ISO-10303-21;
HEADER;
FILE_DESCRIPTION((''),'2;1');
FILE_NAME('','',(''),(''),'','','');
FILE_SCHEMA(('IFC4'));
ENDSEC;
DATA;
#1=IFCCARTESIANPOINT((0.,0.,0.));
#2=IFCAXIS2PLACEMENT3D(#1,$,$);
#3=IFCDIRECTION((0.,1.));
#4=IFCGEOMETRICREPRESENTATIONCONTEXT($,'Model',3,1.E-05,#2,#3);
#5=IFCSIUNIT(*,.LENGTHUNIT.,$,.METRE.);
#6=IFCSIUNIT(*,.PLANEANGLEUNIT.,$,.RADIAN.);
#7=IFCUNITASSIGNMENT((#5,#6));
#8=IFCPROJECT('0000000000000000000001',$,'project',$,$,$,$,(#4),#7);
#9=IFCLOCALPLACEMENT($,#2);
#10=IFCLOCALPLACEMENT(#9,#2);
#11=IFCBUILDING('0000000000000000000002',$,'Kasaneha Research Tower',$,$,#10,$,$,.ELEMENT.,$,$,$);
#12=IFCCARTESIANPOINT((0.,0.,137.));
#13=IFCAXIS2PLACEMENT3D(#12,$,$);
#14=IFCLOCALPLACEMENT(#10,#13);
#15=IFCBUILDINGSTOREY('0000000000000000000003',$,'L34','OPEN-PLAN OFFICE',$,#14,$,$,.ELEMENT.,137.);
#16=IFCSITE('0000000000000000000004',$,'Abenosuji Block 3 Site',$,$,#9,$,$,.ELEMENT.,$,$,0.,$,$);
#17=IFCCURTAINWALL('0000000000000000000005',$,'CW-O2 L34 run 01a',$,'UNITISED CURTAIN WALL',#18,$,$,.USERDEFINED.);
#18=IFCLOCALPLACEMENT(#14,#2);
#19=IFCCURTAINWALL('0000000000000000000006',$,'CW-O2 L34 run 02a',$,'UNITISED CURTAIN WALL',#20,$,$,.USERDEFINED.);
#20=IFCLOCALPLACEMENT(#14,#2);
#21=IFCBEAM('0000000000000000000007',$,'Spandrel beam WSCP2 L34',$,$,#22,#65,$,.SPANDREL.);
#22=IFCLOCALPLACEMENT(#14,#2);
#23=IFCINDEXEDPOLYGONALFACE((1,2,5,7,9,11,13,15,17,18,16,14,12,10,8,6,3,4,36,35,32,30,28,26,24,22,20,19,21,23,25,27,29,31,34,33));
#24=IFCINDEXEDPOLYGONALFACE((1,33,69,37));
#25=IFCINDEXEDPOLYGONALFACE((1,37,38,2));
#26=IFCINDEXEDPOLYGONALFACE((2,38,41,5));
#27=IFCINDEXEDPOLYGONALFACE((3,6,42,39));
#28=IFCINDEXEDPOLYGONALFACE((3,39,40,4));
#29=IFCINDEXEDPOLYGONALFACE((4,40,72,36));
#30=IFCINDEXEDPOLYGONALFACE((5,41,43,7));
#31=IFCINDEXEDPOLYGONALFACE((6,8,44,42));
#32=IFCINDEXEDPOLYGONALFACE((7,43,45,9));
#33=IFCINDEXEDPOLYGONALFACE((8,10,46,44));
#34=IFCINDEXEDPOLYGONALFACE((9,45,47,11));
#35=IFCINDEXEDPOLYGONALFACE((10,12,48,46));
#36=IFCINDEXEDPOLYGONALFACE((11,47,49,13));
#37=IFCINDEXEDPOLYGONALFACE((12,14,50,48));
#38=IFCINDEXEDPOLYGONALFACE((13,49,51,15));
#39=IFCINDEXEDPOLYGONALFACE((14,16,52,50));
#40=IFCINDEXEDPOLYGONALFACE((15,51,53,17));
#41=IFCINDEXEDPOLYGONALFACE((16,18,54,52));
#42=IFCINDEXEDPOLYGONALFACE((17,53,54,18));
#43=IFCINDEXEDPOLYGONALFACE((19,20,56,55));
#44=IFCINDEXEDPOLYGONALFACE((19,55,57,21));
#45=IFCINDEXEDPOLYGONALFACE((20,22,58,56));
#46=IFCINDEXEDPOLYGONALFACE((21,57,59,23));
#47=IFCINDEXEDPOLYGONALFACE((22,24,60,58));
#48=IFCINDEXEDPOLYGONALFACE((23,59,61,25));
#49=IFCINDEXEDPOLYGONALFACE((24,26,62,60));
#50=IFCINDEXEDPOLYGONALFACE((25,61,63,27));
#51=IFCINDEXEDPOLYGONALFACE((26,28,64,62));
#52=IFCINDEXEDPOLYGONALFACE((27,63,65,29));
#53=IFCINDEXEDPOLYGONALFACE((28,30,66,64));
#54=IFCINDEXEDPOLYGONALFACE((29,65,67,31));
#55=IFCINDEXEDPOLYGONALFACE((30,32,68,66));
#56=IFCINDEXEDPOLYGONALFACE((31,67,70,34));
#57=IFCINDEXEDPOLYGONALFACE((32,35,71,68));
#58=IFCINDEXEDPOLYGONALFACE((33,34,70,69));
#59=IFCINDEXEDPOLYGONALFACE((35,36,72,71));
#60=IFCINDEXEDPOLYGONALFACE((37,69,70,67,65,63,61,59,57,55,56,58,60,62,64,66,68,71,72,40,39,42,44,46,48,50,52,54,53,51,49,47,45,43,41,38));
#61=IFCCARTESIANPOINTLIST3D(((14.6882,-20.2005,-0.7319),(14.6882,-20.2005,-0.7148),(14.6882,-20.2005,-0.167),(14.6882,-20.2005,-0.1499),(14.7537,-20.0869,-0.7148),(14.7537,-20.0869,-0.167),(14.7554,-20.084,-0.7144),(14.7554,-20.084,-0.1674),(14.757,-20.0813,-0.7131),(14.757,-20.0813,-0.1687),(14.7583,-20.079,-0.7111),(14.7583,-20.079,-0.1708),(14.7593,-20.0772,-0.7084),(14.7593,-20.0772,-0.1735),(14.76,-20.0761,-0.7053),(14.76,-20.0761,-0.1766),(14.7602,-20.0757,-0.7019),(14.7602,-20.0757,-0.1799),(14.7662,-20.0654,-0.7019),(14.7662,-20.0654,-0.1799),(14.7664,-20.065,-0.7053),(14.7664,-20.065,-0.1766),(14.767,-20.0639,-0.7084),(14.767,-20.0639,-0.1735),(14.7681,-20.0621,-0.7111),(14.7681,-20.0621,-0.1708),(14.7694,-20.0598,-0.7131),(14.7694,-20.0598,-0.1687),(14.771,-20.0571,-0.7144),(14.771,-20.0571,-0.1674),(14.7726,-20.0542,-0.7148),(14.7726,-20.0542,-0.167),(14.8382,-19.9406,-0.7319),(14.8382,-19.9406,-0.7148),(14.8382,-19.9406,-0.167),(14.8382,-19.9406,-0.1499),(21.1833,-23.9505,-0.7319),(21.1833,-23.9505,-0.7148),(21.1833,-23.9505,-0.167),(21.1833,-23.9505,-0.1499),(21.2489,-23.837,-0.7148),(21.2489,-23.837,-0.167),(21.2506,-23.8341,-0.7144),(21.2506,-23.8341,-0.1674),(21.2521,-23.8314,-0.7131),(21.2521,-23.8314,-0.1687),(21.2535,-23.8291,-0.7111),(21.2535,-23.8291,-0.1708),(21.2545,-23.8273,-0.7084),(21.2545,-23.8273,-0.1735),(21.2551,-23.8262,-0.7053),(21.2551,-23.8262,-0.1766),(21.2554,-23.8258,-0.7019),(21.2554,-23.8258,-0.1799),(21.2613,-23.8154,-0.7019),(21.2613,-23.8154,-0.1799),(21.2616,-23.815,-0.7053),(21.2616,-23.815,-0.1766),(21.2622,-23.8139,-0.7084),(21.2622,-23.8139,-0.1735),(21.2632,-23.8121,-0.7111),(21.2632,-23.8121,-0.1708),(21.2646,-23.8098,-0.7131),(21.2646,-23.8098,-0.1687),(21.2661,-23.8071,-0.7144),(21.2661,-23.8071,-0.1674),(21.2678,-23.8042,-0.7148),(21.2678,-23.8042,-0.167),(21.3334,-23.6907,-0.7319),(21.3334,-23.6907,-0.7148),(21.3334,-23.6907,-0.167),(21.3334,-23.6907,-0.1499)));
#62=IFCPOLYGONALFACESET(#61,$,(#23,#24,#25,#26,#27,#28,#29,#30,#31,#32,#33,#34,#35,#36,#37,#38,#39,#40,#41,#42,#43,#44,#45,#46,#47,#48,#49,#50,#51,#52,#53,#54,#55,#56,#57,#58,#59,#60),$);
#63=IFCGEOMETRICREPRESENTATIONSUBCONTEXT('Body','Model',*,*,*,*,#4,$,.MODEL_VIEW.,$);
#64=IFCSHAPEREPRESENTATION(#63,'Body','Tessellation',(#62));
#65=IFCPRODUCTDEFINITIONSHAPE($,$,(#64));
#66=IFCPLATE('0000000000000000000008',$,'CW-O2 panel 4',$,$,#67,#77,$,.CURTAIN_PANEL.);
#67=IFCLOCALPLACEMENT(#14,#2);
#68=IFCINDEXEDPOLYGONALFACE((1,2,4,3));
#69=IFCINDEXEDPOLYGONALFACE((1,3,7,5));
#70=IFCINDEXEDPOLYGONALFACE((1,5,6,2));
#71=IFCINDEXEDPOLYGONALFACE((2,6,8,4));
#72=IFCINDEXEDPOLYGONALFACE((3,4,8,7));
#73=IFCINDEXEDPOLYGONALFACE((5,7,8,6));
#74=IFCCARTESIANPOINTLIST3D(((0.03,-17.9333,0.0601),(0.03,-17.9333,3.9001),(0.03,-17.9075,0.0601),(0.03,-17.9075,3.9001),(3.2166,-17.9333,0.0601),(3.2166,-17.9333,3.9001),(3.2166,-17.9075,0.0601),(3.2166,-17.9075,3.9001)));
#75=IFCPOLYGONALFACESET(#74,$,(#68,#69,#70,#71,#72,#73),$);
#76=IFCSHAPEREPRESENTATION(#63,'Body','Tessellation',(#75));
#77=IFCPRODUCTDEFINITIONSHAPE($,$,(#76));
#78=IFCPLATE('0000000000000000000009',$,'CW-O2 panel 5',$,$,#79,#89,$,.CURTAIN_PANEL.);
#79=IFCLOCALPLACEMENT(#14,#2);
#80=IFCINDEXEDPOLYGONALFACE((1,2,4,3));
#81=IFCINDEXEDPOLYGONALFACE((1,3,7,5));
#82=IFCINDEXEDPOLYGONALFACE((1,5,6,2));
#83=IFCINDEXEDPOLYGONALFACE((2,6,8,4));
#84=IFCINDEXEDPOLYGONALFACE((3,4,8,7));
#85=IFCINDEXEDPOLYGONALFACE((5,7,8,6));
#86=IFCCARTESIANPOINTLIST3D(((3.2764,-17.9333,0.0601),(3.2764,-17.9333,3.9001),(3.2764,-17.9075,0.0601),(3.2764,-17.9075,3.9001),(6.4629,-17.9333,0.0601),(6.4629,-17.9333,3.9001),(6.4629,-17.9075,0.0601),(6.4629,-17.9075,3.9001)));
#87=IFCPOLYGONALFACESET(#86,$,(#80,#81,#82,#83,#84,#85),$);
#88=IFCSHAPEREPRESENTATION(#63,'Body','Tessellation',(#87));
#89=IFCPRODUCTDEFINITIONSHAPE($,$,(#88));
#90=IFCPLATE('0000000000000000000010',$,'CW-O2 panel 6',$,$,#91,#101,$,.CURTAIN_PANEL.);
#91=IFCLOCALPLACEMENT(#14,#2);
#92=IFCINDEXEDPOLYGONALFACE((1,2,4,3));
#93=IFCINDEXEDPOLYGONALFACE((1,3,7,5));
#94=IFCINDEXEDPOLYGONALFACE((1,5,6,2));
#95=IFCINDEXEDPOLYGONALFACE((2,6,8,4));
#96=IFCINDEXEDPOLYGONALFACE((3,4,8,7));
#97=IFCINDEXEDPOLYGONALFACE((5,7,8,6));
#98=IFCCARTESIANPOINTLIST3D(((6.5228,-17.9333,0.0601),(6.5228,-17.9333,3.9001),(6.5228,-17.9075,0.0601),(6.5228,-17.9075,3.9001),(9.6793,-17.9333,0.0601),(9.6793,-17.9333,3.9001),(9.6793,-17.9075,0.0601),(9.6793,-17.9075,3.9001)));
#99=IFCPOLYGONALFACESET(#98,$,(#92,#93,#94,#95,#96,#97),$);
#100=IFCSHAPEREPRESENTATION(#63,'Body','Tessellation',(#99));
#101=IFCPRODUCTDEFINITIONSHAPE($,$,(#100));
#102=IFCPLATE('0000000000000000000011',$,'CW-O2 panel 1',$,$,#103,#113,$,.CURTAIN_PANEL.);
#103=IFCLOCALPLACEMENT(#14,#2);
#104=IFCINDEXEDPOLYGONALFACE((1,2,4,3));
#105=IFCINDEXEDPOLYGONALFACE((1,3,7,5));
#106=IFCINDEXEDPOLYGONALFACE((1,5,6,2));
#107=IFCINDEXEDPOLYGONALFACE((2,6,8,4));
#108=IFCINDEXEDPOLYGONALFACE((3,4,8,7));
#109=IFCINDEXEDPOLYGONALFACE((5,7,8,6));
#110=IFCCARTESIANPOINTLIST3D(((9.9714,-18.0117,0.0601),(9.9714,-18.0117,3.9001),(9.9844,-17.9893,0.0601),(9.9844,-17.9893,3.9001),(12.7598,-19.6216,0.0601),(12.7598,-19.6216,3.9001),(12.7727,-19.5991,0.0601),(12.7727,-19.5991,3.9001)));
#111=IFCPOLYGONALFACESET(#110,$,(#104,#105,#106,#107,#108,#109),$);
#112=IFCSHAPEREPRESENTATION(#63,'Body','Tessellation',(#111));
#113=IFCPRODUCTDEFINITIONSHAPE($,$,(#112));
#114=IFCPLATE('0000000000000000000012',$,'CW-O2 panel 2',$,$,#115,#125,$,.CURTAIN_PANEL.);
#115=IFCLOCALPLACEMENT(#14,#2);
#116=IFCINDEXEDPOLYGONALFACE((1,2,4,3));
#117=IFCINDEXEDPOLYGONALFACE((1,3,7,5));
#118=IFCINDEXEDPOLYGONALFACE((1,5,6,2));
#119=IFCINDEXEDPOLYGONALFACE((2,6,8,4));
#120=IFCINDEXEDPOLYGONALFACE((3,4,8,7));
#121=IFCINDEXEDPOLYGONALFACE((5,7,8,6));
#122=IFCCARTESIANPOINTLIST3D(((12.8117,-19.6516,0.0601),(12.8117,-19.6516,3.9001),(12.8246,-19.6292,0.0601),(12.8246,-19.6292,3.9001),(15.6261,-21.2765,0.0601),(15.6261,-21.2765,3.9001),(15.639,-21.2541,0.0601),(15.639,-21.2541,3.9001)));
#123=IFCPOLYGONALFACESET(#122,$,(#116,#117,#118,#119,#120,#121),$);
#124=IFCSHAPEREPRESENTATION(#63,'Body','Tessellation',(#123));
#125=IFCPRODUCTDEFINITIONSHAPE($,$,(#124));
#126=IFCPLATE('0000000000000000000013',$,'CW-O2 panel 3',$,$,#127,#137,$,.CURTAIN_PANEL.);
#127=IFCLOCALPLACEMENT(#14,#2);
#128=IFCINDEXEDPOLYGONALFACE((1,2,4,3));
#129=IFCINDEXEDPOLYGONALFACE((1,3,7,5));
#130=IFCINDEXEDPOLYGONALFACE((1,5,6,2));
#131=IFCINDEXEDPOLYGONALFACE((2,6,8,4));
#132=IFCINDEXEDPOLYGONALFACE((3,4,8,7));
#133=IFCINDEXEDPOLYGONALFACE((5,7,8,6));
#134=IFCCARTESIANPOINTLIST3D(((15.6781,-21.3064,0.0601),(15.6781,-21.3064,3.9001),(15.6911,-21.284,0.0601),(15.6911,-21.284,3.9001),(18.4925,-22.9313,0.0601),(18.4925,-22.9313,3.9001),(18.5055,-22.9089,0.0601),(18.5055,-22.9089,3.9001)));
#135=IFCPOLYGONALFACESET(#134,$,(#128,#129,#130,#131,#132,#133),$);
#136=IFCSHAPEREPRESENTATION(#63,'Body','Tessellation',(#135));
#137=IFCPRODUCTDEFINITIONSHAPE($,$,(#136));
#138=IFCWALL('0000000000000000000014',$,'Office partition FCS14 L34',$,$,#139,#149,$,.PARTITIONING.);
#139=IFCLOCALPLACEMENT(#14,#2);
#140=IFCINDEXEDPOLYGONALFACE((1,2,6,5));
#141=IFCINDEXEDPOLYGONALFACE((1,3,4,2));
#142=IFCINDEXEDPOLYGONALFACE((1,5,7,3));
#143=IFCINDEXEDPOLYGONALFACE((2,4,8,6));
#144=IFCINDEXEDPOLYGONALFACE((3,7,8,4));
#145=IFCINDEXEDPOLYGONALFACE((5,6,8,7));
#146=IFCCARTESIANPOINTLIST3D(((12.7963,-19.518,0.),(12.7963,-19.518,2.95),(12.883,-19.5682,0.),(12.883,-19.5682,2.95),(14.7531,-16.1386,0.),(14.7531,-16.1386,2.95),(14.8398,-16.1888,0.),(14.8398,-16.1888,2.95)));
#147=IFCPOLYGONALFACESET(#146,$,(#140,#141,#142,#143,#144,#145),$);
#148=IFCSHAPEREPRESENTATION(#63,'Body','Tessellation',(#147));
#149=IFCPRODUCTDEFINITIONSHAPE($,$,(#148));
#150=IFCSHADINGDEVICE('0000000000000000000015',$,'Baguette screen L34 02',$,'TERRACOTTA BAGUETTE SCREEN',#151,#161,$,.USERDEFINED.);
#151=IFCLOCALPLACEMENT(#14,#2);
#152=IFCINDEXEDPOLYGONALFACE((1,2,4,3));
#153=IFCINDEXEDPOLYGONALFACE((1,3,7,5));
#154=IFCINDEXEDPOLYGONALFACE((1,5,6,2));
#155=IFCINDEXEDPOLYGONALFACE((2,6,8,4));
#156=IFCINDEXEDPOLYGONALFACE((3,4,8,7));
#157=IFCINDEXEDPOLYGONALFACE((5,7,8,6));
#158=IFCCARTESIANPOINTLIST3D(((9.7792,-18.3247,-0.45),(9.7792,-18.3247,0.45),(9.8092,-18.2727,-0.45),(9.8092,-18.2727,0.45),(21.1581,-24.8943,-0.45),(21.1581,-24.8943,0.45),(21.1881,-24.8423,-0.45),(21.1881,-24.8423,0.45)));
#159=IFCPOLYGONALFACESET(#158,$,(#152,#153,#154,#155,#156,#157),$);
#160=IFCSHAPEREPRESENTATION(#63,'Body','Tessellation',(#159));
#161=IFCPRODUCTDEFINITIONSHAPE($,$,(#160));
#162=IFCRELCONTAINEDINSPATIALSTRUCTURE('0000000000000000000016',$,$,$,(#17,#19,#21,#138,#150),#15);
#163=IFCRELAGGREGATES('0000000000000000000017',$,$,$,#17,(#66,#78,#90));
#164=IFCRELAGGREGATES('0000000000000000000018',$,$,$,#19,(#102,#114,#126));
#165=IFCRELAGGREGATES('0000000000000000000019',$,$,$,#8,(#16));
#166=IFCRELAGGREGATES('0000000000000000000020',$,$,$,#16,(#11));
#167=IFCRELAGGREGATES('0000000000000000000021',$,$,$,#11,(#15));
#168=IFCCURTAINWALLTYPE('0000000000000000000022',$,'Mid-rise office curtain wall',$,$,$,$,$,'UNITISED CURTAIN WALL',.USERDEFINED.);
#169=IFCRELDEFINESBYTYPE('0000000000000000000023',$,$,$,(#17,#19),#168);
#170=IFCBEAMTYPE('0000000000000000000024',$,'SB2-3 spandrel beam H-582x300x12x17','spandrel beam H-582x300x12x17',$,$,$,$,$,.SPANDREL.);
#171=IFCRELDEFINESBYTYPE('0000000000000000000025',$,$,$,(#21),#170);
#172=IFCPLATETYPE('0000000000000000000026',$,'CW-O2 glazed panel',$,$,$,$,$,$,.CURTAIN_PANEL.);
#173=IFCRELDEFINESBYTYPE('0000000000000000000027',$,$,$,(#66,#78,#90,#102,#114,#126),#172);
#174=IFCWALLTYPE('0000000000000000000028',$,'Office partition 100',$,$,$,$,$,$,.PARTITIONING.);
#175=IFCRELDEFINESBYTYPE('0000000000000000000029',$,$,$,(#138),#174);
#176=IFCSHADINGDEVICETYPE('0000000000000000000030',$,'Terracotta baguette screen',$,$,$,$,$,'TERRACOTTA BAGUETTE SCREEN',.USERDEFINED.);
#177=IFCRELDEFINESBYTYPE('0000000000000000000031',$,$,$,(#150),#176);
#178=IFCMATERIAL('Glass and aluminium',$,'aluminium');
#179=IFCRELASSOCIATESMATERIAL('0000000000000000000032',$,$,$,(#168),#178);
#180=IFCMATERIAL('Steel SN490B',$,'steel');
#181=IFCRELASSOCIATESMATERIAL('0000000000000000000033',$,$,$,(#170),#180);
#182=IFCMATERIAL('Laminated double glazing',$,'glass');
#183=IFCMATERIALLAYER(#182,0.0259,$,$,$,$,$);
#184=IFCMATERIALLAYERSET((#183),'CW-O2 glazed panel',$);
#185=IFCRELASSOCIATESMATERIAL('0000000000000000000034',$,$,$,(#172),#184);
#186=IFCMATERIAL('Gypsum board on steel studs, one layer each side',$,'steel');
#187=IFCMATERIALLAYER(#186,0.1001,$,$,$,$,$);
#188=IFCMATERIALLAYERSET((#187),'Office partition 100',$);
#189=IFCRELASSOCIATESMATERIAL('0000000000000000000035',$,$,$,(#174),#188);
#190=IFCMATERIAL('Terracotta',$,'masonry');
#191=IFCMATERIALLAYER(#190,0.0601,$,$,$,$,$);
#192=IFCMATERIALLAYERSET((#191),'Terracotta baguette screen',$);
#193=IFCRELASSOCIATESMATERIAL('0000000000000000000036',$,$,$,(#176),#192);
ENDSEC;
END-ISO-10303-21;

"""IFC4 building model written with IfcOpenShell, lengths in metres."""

from ifc_helpers import new_model, si_unit, direction, frame, frame_2d, origin, origin_2d, place, context, subcontext, project, spatial, rectangle, i_section, extrude, material, layer, layer_set, material_profile, profile_set, type_object, element, aggregate, save


model = new_model("IFC4")

# Units and contexts
model_context = context("Model", 3, precision=1e-05, world=origin(), true_north=direction((0.0, 1.0)))
body_context = subcontext(model_context, "Body", "Model", "MODEL_VIEW")
ifc_project = project(units=[si_unit("LENGTHUNIT", "METRE"), si_unit("PLANEANGLEUNIT", "RADIAN")], contexts=[model_context])

# Site, building, storey
site_placement = place(None, origin())
site = spatial("IfcSite", under=ifc_project, at=site_placement, Name="Abenosuji Block 3 Site", CompositionType="ELEMENT", RefElevation=0.0)
building_placement = place(site_placement, origin())
building = spatial("IfcBuilding", under=site, at=building_placement, Name="Kasaneha Research Tower", CompositionType="ELEMENT")
storey_placement = place(building_placement, frame((0.0, 0.0, 137.0)))
storey = spatial("IfcBuildingStorey", under=building, at=storey_placement, Name="L34", Description="OPEN-PLAN OFFICE", CompositionType="ELEMENT", Elevation=137.0)

# Curtain walls
ifc_material_1 = material(Name="Glass and aluminium", Category="aluminium")
curtain_wall_type = type_object("IfcCurtainWallType", Name="Mid-rise office curtain wall", ElementType="UNITISED CURTAIN WALL", PredefinedType="USERDEFINED", material=ifc_material_1)
curtain_wall_1_placement = place(storey_placement, origin())
curtain_wall_1 = element("IfcCurtainWall", 1, at=curtain_wall_1_placement, inside=storey, type_object=curtain_wall_type, Name="CW-O2 L34 run 01a", ObjectType="UNITISED CURTAIN WALL", PredefinedType="USERDEFINED")
curtain_wall_2_placement = place(storey_placement, origin())
curtain_wall_2 = element("IfcCurtainWall", 2, at=curtain_wall_2_placement, inside=storey, type_object=curtain_wall_type, Name="CW-O2 L34 run 02a", ObjectType="UNITISED CURTAIN WALL", PredefinedType="USERDEFINED")

# Beam
ifc_material_2 = material(Name="Steel SN490B", Category="steel")
ifc_material_profile_1 = material_profile(ifc_material_2, i_section(OverallWidth=0.3, OverallDepth=0.582, WebThickness=0.012, FlangeThickness=0.0171, FilletRadius=0.0129, at=origin_2d()), Name="H-582x300x12x17")
ifc_profile_set_1 = profile_set([ifc_material_profile_1], Name="Steel SN490B")
beam_type_1 = type_object("IfcBeamType", Name="SB2-3 spandrel beam H-582x300x12x17", Description="spandrel beam H-582x300x12x17", PredefinedType="SPANDREL", material=ifc_profile_set_1)
beam_1_placement = place(storey_placement, frame((14.7632, -20.0706, -0.4409), z_axis=(0.866023, -0.500004, 0.0), x_axis=(0.500004, 0.866023, 0.0)))
element("IfcBeam", 3, at=beam_1_placement, inside=storey, type_object=beam_type_1, Name="Spandrel beam WSCP2 L34", PredefinedType="SPANDREL", context=body_context, shape_type="SweptSolid", body=[
    extrude(i_section(OverallWidth=0.3, OverallDepth=0.582, WebThickness=0.012, FlangeThickness=0.0171, FilletRadius=0.0129, at=origin_2d()), origin(), (0.0, 0.0, 1.0), 7.5),
])

# Plates
ifc_material_3 = material(Name="Laminated double glazing", Category="glass")
ifc_layer_1 = layer(ifc_material_3, 0.0259)
ifc_layer_set_1 = layer_set([ifc_layer_1], Name="CW-O2 glazed panel")
plate_type = type_object("IfcPlateType", Name="CW-O2 glazed panel", PredefinedType="CURTAIN_PANEL", material=ifc_layer_set_1)
plate_1_placement = place(storey_placement, frame((1.6233, -17.9204, 0.0601), z_axis=(0.0, 0.0, 1.0), x_axis=(1.0, 0.0, 0.0)))
plate_1 = element("IfcPlate", 4, at=plate_1_placement, type_object=plate_type, Name="CW-O2 panel 4", PredefinedType="CURTAIN_PANEL", context=body_context, shape_type="SweptSolid", body=[
    extrude(rectangle(XDim=3.1865, YDim=0.0259, at=origin_2d()), origin(), (0.0, 0.0, 1.0), 3.8401),
])
plate_2_placement = place(storey_placement, frame((4.8696, -17.9204, 0.0601), z_axis=(0.0, 0.0, 1.0), x_axis=(1.0, 0.0, 0.0)))
plate_2 = element("IfcPlate", 5, at=plate_2_placement, type_object=plate_type, Name="CW-O2 panel 5", PredefinedType="CURTAIN_PANEL", context=body_context, shape_type="SweptSolid", body=[
    extrude(rectangle(XDim=3.1865, YDim=0.0259, at=origin_2d()), origin(), (0.0, 0.0, 1.0), 3.8401),
])
plate_3_placement = place(storey_placement, frame((8.1011, -17.9204, 0.0601), z_axis=(0.0, 0.0, 1.0), x_axis=(1.0, 0.0, 0.0)))
plate_3 = element("IfcPlate", 6, at=plate_3_placement, type_object=plate_type, Name="CW-O2 panel 6", PredefinedType="CURTAIN_PANEL", context=body_context, shape_type="SweptSolid", body=[
    extrude(rectangle(XDim=3.1565, YDim=0.0259, at=origin_2d()), origin(), (0.0, 0.0, 1.0), 3.8401),
])
aggregate(curtain_wall_1, [plate_1, plate_2, plate_3])
plate_4_placement = place(storey_placement, frame((11.3721, -18.8054, 0.0601), z_axis=(0.0, 0.0, 1.0), x_axis=(0.866025, -0.5, 0.0)))
plate_4 = element("IfcPlate", 7, at=plate_4_placement, type_object=plate_type, Name="CW-O2 panel 1", PredefinedType="CURTAIN_PANEL", context=body_context, shape_type="SweptSolid", body=[
    extrude(rectangle(XDim=3.2197, YDim=0.0259, at=origin_2d()), origin(), (0.0, 0.0, 1.0), 3.8401),
])
plate_5_placement = place(storey_placement, frame((14.2253, -20.4529, 0.0601), z_axis=(0.0, 0.0, 1.0), x_axis=(0.866025, -0.5, 0.0)))
plate_5 = element("IfcPlate", 8, at=plate_5_placement, type_object=plate_type, Name="CW-O2 panel 2", PredefinedType="CURTAIN_PANEL", context=body_context, shape_type="SweptSolid", body=[
    extrude(rectangle(XDim=3.2498, YDim=0.0259, at=origin_2d()), origin(), (0.0, 0.0, 1.0), 3.8401),
])
plate_6_placement = place(storey_placement, frame((17.0918, -22.1077, 0.0601), z_axis=(0.0, 0.0, 1.0), x_axis=(0.866025, -0.5, 0.0)))
plate_6 = element("IfcPlate", 9, at=plate_6_placement, type_object=plate_type, Name="CW-O2 panel 3", PredefinedType="CURTAIN_PANEL", context=body_context, shape_type="SweptSolid", body=[
    extrude(rectangle(XDim=3.2498, YDim=0.0259, at=origin_2d()), origin(), (0.0, 0.0, 1.0), 3.8401),
])
aggregate(curtain_wall_2, [plate_4, plate_5, plate_6])

# Wall
ifc_material_4 = material(Name="Gypsum board on steel studs, one layer each side", Category="steel")
ifc_layer_2 = layer(ifc_material_4, 0.1001)
ifc_layer_set_2 = layer_set([ifc_layer_2], Name="Office partition 100")
wall_type = type_object("IfcWallType", Name="Office partition 100", PredefinedType="PARTITIONING", material=ifc_layer_set_2)
wall_placement = place(storey_placement, frame((12.8396, -19.5432, 0.0), z_axis=(0.0, 0.0, 1.0), x_axis=(0.501093, 0.865393, 0.0)))
element("IfcWall", 10, at=wall_placement, inside=storey, type_object=wall_type, Name="Office partition FCS14 L34", PredefinedType="PARTITIONING", context=body_context, shape_type="SweptSolid", body=[
    extrude(rectangle(XDim=3.905, YDim=0.1001, at=frame_2d((1.9526, 0.0))), origin(), (0.0, 0.0, 1.0), 2.95),
])

# Shading device
ifc_material_5 = material(Name="Terracotta", Category="masonry")
ifc_layer_3 = layer(ifc_material_5, 0.0601)
ifc_layer_set_3 = layer_set([ifc_layer_3], Name="Terracotta baguette screen")
shading_device_type = type_object("IfcShadingDeviceType", Name="Terracotta baguette screen", ElementType="TERRACOTTA BAGUETTE SCREEN", PredefinedType="USERDEFINED", material=ifc_layer_set_3)
shading_device_placement = place(storey_placement, frame((15.4836, -21.5835, -0.45), z_axis=(0.0, 0.0, 1.0), x_axis=(0.866025, -0.5, 0.0)))
element("IfcShadingDevice", 11, at=shading_device_placement, inside=storey, type_object=shading_device_type, Name="Baguette screen L34 02", ObjectType="TERRACOTTA BAGUETTE SCREEN", PredefinedType="USERDEFINED", context=body_context, shape_type="SweptSolid", body=[
    extrude(rectangle(XDim=13.1392, YDim=0.0601, at=origin_2d()), origin(), (0.0, 0.0, 1.0), 0.8999),
])

save(model, "model.ifc")
